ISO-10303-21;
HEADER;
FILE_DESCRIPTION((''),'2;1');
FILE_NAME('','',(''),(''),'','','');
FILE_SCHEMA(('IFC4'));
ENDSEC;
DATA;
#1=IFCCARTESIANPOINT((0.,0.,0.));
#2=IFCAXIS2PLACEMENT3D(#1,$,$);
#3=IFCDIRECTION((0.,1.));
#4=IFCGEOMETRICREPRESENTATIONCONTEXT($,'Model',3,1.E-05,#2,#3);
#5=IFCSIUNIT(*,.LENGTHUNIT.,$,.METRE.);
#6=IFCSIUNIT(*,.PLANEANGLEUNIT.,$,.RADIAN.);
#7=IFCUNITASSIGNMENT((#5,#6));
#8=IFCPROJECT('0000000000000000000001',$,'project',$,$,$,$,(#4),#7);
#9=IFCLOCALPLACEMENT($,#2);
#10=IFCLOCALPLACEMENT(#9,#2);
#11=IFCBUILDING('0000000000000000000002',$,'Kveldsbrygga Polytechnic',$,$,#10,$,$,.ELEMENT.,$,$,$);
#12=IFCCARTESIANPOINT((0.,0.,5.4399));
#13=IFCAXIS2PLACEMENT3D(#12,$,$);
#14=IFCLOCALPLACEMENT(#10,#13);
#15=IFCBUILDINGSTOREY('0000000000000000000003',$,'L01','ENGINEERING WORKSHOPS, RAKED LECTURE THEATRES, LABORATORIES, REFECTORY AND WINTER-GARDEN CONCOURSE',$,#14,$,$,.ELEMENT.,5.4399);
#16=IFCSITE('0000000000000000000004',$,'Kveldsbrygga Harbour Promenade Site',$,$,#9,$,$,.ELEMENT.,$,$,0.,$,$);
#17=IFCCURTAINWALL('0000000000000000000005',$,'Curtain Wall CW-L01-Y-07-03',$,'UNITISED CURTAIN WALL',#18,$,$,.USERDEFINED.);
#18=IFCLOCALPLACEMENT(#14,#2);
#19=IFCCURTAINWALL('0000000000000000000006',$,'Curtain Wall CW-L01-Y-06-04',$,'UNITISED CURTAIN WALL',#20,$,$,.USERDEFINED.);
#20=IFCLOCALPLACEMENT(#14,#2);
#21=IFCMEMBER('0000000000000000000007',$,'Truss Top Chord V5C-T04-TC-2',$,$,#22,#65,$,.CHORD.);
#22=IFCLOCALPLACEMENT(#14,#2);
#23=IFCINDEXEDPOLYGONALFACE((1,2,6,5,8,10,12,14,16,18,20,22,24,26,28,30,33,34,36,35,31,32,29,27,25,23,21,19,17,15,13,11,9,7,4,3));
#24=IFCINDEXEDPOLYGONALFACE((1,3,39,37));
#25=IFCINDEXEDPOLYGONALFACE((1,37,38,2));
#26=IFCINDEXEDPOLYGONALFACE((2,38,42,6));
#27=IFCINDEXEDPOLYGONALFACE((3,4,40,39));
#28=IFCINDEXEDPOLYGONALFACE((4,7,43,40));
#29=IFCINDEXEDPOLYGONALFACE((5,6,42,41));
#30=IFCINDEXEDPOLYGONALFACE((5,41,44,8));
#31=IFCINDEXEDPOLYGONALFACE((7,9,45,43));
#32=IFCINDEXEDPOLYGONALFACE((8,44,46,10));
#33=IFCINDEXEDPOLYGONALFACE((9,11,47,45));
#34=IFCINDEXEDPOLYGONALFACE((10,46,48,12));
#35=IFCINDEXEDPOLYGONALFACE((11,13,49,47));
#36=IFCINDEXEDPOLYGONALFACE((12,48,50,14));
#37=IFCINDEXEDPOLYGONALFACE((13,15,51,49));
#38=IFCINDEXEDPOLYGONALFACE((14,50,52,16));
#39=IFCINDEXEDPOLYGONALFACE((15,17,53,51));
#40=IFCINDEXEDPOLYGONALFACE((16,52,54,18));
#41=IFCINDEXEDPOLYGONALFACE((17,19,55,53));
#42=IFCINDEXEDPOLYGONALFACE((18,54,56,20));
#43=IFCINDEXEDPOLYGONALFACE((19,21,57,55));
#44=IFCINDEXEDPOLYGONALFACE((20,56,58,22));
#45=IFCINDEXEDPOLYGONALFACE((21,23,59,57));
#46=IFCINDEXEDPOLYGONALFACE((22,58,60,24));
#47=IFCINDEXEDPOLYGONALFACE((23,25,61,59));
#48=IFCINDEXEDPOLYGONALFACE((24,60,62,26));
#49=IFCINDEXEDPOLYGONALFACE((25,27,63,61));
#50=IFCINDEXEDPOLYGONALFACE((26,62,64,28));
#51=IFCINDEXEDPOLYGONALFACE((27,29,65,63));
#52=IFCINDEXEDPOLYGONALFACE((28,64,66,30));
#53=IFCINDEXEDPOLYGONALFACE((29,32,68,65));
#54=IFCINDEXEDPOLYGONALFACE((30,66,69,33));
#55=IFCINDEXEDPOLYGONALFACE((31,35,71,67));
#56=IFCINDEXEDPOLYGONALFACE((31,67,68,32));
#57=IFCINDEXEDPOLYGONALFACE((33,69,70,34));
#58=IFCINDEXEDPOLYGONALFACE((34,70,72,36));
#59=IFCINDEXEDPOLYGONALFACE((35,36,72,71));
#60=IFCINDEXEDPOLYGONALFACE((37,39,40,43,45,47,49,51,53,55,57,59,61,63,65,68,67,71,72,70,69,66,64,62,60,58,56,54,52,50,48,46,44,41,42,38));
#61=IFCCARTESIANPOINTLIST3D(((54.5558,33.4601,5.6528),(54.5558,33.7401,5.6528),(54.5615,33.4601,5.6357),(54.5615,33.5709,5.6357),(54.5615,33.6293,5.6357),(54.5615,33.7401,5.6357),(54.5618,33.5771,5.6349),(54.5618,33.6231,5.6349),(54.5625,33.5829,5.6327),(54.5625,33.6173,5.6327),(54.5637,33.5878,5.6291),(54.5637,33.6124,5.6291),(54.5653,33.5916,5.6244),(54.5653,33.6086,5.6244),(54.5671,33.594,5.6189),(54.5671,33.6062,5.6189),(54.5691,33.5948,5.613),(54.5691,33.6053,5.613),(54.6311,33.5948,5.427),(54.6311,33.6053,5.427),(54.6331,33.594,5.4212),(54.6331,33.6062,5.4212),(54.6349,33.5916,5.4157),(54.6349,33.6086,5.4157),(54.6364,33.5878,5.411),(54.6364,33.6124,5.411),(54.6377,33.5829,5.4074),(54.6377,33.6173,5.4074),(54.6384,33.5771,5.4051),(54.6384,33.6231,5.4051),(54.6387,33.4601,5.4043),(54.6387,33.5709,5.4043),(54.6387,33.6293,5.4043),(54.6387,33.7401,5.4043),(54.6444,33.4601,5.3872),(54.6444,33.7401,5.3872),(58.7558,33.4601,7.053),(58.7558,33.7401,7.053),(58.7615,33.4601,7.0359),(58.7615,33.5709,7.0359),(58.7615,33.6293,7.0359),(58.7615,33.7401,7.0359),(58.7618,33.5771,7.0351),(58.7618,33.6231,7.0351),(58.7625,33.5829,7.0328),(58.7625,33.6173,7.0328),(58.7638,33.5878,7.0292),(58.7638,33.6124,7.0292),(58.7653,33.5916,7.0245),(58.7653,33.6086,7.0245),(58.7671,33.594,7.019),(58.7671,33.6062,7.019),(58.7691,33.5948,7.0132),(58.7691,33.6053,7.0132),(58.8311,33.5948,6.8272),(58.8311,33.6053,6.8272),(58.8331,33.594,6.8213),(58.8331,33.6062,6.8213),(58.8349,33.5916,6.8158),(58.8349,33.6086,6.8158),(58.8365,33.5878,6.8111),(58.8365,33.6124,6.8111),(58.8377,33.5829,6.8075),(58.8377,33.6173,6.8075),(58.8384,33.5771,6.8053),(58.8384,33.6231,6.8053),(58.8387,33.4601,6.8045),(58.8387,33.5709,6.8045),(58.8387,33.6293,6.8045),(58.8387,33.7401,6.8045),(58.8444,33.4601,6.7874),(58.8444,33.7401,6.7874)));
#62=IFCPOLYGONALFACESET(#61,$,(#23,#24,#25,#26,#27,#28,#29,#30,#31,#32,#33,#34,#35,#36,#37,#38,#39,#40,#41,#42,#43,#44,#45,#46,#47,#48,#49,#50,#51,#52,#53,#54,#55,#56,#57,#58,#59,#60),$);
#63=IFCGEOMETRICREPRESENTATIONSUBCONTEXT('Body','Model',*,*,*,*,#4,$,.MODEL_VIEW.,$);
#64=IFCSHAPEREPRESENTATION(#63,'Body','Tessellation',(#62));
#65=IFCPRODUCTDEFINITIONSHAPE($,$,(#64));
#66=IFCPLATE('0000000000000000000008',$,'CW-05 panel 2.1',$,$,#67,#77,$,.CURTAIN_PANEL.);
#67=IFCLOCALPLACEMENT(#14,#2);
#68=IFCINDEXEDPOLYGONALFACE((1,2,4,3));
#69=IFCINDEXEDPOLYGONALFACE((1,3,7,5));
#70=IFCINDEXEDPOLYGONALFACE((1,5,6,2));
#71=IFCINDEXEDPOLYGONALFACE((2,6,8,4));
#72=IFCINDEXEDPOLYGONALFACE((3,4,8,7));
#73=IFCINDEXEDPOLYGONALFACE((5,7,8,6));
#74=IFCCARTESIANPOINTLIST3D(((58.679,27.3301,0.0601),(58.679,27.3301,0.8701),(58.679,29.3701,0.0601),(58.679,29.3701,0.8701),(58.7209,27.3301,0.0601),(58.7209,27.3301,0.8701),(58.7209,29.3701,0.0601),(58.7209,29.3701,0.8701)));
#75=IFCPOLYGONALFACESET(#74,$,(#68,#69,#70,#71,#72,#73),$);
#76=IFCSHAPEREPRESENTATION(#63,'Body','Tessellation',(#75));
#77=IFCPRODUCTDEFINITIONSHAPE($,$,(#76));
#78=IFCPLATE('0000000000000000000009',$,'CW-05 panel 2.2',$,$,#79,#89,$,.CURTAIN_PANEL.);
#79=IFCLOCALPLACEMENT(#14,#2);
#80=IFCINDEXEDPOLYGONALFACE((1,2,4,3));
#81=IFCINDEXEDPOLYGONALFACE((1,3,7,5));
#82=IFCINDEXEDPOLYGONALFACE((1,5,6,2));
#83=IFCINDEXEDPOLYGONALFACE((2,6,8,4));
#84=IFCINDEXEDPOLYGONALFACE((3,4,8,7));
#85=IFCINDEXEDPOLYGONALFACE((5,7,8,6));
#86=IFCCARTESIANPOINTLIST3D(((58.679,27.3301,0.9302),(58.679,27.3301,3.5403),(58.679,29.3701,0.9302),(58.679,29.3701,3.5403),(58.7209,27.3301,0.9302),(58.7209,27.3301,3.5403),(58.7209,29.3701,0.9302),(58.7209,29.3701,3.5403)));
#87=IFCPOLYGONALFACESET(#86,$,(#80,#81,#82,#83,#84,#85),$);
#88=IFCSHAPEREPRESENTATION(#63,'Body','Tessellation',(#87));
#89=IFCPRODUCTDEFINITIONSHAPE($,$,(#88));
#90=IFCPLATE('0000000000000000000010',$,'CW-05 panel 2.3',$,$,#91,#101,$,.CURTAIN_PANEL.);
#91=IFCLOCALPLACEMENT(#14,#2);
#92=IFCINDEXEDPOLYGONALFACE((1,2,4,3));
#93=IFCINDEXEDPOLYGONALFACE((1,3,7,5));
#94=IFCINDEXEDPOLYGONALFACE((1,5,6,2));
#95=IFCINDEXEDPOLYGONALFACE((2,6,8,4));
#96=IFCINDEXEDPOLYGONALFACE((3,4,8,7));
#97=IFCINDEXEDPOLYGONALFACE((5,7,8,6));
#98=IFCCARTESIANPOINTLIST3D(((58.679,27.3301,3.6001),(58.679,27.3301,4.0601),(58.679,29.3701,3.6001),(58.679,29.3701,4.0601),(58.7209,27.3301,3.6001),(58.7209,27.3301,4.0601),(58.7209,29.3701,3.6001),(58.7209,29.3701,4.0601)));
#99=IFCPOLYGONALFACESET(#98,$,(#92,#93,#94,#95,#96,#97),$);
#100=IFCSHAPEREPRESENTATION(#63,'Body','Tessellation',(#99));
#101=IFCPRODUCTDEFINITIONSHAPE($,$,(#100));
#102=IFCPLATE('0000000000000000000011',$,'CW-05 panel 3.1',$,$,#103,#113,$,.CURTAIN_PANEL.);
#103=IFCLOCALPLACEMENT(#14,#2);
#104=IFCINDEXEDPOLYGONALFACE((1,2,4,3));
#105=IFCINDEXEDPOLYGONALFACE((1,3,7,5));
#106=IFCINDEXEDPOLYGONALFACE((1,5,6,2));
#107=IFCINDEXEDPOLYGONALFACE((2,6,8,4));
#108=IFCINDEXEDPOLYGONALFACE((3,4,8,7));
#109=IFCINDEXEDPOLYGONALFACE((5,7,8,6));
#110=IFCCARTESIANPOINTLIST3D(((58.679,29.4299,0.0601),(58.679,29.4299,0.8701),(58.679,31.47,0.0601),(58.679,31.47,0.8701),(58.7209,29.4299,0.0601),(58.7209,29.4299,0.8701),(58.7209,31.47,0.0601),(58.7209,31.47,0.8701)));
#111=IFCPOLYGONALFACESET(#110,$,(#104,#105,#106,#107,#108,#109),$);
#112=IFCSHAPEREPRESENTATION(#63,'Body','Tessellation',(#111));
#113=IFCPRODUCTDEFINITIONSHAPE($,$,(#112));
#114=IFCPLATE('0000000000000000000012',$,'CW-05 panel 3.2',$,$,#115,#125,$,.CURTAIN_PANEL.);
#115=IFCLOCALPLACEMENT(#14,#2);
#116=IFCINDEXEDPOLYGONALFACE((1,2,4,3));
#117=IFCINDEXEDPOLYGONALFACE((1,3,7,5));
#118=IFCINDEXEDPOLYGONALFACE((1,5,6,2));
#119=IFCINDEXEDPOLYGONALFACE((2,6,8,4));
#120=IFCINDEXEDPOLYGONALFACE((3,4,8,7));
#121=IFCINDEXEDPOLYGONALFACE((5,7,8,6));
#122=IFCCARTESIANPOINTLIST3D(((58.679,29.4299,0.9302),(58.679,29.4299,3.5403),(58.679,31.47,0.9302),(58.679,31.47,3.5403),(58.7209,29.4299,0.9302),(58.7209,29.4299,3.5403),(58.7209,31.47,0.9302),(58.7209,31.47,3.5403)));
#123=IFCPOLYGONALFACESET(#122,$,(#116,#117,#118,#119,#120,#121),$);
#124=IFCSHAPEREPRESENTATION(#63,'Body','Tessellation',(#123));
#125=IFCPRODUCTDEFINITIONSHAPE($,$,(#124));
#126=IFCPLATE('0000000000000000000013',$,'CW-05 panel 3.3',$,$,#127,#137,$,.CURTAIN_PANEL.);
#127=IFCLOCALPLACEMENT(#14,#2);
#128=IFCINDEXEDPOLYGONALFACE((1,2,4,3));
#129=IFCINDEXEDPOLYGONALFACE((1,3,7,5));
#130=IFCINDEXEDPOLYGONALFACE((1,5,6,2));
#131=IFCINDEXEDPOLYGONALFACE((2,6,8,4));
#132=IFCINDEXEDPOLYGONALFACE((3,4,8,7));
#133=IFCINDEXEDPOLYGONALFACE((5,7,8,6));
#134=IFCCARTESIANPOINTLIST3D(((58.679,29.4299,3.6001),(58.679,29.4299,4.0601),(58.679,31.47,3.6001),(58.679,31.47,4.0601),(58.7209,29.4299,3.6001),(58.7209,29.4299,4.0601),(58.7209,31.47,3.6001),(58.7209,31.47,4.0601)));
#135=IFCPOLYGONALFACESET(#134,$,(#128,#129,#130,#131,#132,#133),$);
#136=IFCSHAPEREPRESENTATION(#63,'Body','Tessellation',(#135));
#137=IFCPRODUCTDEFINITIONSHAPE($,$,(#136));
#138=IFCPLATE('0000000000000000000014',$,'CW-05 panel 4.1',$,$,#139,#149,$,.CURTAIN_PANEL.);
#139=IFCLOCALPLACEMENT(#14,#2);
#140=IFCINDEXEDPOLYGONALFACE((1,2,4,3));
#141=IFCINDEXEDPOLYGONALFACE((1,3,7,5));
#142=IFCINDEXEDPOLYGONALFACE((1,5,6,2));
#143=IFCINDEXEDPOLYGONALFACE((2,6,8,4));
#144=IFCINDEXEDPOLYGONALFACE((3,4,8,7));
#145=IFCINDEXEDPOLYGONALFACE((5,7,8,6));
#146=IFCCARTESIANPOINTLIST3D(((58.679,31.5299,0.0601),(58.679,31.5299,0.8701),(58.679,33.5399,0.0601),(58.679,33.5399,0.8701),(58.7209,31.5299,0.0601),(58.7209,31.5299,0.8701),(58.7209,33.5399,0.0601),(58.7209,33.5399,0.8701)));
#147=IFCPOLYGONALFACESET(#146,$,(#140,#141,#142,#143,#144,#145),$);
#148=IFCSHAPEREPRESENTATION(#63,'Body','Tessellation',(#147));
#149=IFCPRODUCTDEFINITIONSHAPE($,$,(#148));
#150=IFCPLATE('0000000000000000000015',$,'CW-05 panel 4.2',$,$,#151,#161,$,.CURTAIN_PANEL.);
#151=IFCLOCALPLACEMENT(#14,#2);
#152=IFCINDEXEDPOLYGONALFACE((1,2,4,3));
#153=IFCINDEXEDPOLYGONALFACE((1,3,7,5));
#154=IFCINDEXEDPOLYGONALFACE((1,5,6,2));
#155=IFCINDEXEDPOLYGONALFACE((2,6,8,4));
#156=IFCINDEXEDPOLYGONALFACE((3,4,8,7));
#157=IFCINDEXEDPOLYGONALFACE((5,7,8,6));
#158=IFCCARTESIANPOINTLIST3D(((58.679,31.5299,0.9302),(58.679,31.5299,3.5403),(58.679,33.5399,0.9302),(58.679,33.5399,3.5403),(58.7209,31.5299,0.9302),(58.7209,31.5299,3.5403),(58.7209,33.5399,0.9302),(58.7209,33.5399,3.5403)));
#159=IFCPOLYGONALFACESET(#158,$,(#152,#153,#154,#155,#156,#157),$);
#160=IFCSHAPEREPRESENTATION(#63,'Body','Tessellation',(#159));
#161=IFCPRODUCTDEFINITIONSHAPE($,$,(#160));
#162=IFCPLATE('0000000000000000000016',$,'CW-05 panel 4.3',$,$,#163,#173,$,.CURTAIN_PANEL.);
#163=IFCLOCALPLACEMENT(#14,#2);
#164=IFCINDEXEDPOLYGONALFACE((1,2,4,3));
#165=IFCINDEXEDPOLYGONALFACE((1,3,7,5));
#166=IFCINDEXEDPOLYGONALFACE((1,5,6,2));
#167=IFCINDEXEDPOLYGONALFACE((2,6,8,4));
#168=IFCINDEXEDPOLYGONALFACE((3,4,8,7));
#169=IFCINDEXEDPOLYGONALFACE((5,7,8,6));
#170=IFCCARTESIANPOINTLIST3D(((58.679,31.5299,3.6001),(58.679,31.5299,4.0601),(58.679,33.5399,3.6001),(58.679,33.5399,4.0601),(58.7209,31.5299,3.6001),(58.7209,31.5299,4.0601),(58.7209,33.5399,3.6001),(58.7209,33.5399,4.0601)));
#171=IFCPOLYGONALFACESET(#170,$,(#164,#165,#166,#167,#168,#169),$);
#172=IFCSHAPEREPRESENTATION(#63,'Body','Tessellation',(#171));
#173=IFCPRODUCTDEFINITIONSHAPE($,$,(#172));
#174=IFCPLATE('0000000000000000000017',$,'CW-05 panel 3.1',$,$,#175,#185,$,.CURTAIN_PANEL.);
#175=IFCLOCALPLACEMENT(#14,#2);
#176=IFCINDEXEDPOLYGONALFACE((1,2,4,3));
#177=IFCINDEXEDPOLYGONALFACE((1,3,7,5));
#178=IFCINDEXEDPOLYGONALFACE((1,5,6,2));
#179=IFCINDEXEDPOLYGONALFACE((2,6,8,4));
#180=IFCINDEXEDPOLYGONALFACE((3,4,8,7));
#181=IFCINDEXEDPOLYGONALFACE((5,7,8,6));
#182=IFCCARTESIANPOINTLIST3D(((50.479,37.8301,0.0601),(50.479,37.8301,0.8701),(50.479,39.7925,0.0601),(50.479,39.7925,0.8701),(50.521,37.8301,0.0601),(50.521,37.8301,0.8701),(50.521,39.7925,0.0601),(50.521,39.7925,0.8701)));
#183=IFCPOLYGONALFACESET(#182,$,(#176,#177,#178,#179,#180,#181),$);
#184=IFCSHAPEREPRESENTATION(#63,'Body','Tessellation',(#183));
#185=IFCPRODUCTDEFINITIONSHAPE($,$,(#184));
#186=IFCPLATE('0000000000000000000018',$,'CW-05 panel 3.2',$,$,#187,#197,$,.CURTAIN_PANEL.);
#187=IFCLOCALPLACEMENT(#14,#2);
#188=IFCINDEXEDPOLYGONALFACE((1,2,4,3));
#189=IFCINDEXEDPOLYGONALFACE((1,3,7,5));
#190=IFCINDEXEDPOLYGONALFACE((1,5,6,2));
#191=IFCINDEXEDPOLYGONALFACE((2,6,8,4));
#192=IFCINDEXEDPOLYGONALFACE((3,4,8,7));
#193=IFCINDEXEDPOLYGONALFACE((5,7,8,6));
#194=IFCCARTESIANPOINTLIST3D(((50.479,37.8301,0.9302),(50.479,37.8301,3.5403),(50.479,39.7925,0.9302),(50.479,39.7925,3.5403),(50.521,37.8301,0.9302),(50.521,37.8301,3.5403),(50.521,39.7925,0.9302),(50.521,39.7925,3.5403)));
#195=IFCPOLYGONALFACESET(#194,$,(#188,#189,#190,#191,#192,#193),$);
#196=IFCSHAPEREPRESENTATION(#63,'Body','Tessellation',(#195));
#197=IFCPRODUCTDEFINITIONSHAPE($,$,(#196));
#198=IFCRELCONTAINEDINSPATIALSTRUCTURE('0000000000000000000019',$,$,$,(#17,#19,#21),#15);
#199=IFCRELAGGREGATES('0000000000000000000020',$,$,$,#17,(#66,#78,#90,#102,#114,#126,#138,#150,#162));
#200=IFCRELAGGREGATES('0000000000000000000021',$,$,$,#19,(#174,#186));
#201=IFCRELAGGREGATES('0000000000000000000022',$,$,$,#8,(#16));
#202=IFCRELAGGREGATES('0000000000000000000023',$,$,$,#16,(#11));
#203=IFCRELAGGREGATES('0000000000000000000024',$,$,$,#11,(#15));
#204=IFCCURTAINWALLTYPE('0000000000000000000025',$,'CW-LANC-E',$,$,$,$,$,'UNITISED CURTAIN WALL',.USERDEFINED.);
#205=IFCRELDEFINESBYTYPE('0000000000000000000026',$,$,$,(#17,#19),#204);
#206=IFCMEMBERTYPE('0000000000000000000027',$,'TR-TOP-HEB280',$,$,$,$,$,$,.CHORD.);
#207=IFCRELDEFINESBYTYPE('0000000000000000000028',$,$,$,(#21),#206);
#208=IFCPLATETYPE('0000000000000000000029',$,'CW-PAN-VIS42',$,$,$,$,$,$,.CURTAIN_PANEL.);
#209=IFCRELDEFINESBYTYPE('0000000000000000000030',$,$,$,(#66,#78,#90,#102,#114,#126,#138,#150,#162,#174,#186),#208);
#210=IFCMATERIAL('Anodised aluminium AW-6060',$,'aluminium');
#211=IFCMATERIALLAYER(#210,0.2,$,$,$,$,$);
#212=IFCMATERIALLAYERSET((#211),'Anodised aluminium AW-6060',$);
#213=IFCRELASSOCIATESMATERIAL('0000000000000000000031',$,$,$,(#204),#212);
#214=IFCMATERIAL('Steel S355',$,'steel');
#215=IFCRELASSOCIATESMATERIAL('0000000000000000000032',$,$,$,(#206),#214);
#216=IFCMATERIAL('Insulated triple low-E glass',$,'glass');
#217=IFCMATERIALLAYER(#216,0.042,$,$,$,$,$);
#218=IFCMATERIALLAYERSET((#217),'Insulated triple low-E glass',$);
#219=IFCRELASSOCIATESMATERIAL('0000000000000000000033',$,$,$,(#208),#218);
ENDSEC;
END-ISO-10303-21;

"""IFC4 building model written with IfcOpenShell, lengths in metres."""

from ifc_helpers import new_model, si_unit, direction, frame, origin, origin_2d, place, context, subcontext, project, spatial, rectangle, i_section, extrude, material, layer, layer_set, material_profile, profile_set, type_object, element, aggregate, save


model = new_model("IFC4")

# Units and contexts
model_context = context("Model", 3, precision=1e-05, world=origin(), true_north=direction((0.0, 1.0)))
body_context = subcontext(model_context, "Body", "Model", "MODEL_VIEW")
ifc_project = project(units=[si_unit("LENGTHUNIT", "METRE"), si_unit("PLANEANGLEUNIT", "RADIAN")], contexts=[model_context])

# Site, building, storey
site_placement = place(None, origin())
site = spatial("IfcSite", under=ifc_project, at=site_placement, Name="Kveldsbrygga Harbour Promenade Site", CompositionType="ELEMENT", RefElevation=0.0)
building_placement = place(site_placement, origin())
building = spatial("IfcBuilding", under=site, at=building_placement, Name="Kveldsbrygga Polytechnic", CompositionType="ELEMENT")
storey_placement = place(building_placement, frame((0.0, 0.0, 5.4399)))
storey = spatial("IfcBuildingStorey", under=building, at=storey_placement, Name="L01", Description="ENGINEERING WORKSHOPS, RAKED LECTURE THEATRES, LABORATORIES, REFECTORY AND WINTER-GARDEN CONCOURSE", CompositionType="ELEMENT", Elevation=5.4399)

# Curtain wall
ifc_material_1 = material(Name="Anodised aluminium AW-6060", Category="aluminium")
ifc_layer_1 = layer(ifc_material_1, 0.2)
ifc_layer_set_1 = layer_set([ifc_layer_1], Name="Anodised aluminium AW-6060")
curtain_wall_type_1 = type_object("IfcCurtainWallType", Name="CW-LANC-E", ElementType="UNITISED CURTAIN WALL", PredefinedType="USERDEFINED", material=ifc_layer_set_1)
curtain_wall_1_placement = place(storey_placement, origin())
curtain_wall_1 = element("IfcCurtainWall", 1, at=curtain_wall_1_placement, inside=storey, type_object=curtain_wall_type_1, Name="Curtain Wall CW-L01-Y-07-03", ObjectType="UNITISED CURTAIN WALL", PredefinedType="USERDEFINED")

# Curtain wall
curtain_wall_2_placement = place(storey_placement, origin())
curtain_wall_2 = element("IfcCurtainWall", 2, at=curtain_wall_2_placement, inside=storey, type_object=curtain_wall_type_1, Name="Curtain Wall CW-L01-Y-06-04", ObjectType="UNITISED CURTAIN WALL", PredefinedType="USERDEFINED")

# Member
ifc_material_2 = material(Name="Steel S355", Category="steel")
ifc_material_profile_1 = material_profile(ifc_material_2, i_section(OverallWidth=0.28, OverallDepth=0.28, WebThickness=0.0105, FlangeThickness=0.0181, FilletRadius=0.0239, at=origin_2d()), Name="HEB 280")
ifc_profile_set_1 = profile_set([ifc_material_profile_1], Name="Steel S355")
member_type_1 = type_object("IfcMemberType", Name="TR-TOP-HEB280", PredefinedType="CHORD", material=ifc_profile_set_1)
member_1_placement = place(storey_placement, frame((54.6001, 33.6001, 5.52), z_axis=(0.948672, 0.0, 0.316261), x_axis=(0.0, 1.0, 0.0)))
element("IfcMember", 3, at=member_1_placement, inside=storey, type_object=member_type_1, Name="Truss Top Chord V5C-T04-TC-2", PredefinedType="CHORD", context=body_context, shape_type="SweptSolid", body=[
    extrude(i_section(OverallWidth=0.28, OverallDepth=0.28, WebThickness=0.0105, FlangeThickness=0.0181, FilletRadius=0.0239, at=origin_2d()), origin(), (0.0, 0.0, 1.0), 4.4272),
])

# Plates
ifc_material_3 = material(Name="Insulated triple low-E glass", Category="glass")
ifc_layer_2 = layer(ifc_material_3, 0.042)
ifc_layer_set_2 = layer_set([ifc_layer_2], Name="Insulated triple low-E glass")
plate_type_1 = type_object("IfcPlateType", Name="CW-PAN-VIS42", PredefinedType="CURTAIN_PANEL", material=ifc_layer_set_2)
plate_1_placement = place(storey_placement, frame((58.7, 28.3501, 0.0601), z_axis=(0.0, 0.0, 1.0), x_axis=(0.0, 1.0, 0.0)))
plate_1 = element("IfcPlate", 4, at=plate_1_placement, type_object=plate_type_1, Name="CW-05 panel 2.1", PredefinedType="CURTAIN_PANEL", context=body_context, shape_type="SweptSolid", body=[
    extrude(rectangle(XDim=2.04, YDim=0.042, at=origin_2d()), origin(), (0.0, 0.0, 1.0), 0.8101),
])
plate_2_placement = place(storey_placement, frame((58.7, 28.3501, 0.9302), z_axis=(0.0, 0.0, 1.0), x_axis=(0.0, 1.0, 0.0)))
plate_2 = element("IfcPlate", 5, at=plate_2_placement, type_object=plate_type_1, Name="CW-05 panel 2.2", PredefinedType="CURTAIN_PANEL", context=body_context, shape_type="SweptSolid", body=[
    extrude(rectangle(XDim=2.04, YDim=0.042, at=origin_2d()), origin(), (0.0, 0.0, 1.0), 2.6101),
])
plate_3_placement = place(storey_placement, frame((58.7, 28.3501, 3.6001), z_axis=(0.0, 0.0, 1.0), x_axis=(0.0, 1.0, 0.0)))
plate_3 = element("IfcPlate", 6, at=plate_3_placement, type_object=plate_type_1, Name="CW-05 panel 2.3", PredefinedType="CURTAIN_PANEL", context=body_context, shape_type="SweptSolid", body=[
    extrude(rectangle(XDim=2.04, YDim=0.042, at=origin_2d()), origin(), (0.0, 0.0, 1.0), 0.46),
])
plate_4_placement = place(storey_placement, frame((58.7, 30.45, 0.0601), z_axis=(0.0, 0.0, 1.0), x_axis=(0.0, 1.0, 0.0)))
plate_4 = element("IfcPlate", 7, at=plate_4_placement, type_object=plate_type_1, Name="CW-05 panel 3.1", PredefinedType="CURTAIN_PANEL", context=body_context, shape_type="SweptSolid", body=[
    extrude(rectangle(XDim=2.04, YDim=0.042, at=origin_2d()), origin(), (0.0, 0.0, 1.0), 0.8101),
])
plate_5_placement = place(storey_placement, frame((58.7, 30.45, 0.9302), z_axis=(0.0, 0.0, 1.0), x_axis=(0.0, 1.0, 0.0)))
plate_5 = element("IfcPlate", 8, at=plate_5_placement, type_object=plate_type_1, Name="CW-05 panel 3.2", PredefinedType="CURTAIN_PANEL", context=body_context, shape_type="SweptSolid", body=[
    extrude(rectangle(XDim=2.04, YDim=0.042, at=origin_2d()), origin(), (0.0, 0.0, 1.0), 2.6101),
])
plate_6_placement = place(storey_placement, frame((58.7, 30.45, 3.6001), z_axis=(0.0, 0.0, 1.0), x_axis=(0.0, 1.0, 0.0)))
plate_6 = element("IfcPlate", 9, at=plate_6_placement, type_object=plate_type_1, Name="CW-05 panel 3.3", PredefinedType="CURTAIN_PANEL", context=body_context, shape_type="SweptSolid", body=[
    extrude(rectangle(XDim=2.04, YDim=0.042, at=origin_2d()), origin(), (0.0, 0.0, 1.0), 0.46),
])
plate_7_placement = place(storey_placement, frame((58.7, 32.5349, 0.0601), z_axis=(0.0, 0.0, 1.0), x_axis=(0.0, 1.0, 0.0)))
plate_7 = element("IfcPlate", 10, at=plate_7_placement, type_object=plate_type_1, Name="CW-05 panel 4.1", PredefinedType="CURTAIN_PANEL", context=body_context, shape_type="SweptSolid", body=[
    extrude(rectangle(XDim=2.01, YDim=0.042, at=origin_2d()), origin(), (0.0, 0.0, 1.0), 0.8101),
])
plate_8_placement = place(storey_placement, frame((58.7, 32.5349, 0.9302), z_axis=(0.0, 0.0, 1.0), x_axis=(0.0, 1.0, 0.0)))
plate_8 = element("IfcPlate", 11, at=plate_8_placement, type_object=plate_type_1, Name="CW-05 panel 4.2", PredefinedType="CURTAIN_PANEL", context=body_context, shape_type="SweptSolid", body=[
    extrude(rectangle(XDim=2.01, YDim=0.042, at=origin_2d()), origin(), (0.0, 0.0, 1.0), 2.6101),
])
plate_9_placement = place(storey_placement, frame((58.7, 32.5349, 3.6001), z_axis=(0.0, 0.0, 1.0), x_axis=(0.0, 1.0, 0.0)))
plate_9 = element("IfcPlate", 12, at=plate_9_placement, type_object=plate_type_1, Name="CW-05 panel 4.3", PredefinedType="CURTAIN_PANEL", context=body_context, shape_type="SweptSolid", body=[
    extrude(rectangle(XDim=2.01, YDim=0.042, at=origin_2d()), origin(), (0.0, 0.0, 1.0), 0.46),
])
aggregate(curtain_wall_1, [plate_1, plate_2, plate_3, plate_4, plate_5, plate_6, plate_7, plate_8, plate_9])
plate_10_placement = place(storey_placement, frame((50.5, 38.8113, 0.0601), z_axis=(0.0, 0.0, 1.0), x_axis=(0.0, 1.0, 0.0)))
plate_10 = element("IfcPlate", 13, at=plate_10_placement, type_object=plate_type_1, Name="CW-05 panel 3.1", PredefinedType="CURTAIN_PANEL", context=body_context, shape_type="SweptSolid", body=[
    extrude(rectangle(XDim=1.9624, YDim=0.042, at=origin_2d()), origin(), (0.0, 0.0, 1.0), 0.8101),
])
plate_11_placement = place(storey_placement, frame((50.5, 38.8113, 0.9302), z_axis=(0.0, 0.0, 1.0), x_axis=(0.0, 1.0, 0.0)))
plate_11 = element("IfcPlate", 14, at=plate_11_placement, type_object=plate_type_1, Name="CW-05 panel 3.2", PredefinedType="CURTAIN_PANEL", context=body_context, shape_type="SweptSolid", body=[
    extrude(rectangle(XDim=1.9624, YDim=0.042, at=origin_2d()), origin(), (0.0, 0.0, 1.0), 2.6101),
])
aggregate(curtain_wall_2, [plate_10, plate_11])

save(model, "model.ifc")
